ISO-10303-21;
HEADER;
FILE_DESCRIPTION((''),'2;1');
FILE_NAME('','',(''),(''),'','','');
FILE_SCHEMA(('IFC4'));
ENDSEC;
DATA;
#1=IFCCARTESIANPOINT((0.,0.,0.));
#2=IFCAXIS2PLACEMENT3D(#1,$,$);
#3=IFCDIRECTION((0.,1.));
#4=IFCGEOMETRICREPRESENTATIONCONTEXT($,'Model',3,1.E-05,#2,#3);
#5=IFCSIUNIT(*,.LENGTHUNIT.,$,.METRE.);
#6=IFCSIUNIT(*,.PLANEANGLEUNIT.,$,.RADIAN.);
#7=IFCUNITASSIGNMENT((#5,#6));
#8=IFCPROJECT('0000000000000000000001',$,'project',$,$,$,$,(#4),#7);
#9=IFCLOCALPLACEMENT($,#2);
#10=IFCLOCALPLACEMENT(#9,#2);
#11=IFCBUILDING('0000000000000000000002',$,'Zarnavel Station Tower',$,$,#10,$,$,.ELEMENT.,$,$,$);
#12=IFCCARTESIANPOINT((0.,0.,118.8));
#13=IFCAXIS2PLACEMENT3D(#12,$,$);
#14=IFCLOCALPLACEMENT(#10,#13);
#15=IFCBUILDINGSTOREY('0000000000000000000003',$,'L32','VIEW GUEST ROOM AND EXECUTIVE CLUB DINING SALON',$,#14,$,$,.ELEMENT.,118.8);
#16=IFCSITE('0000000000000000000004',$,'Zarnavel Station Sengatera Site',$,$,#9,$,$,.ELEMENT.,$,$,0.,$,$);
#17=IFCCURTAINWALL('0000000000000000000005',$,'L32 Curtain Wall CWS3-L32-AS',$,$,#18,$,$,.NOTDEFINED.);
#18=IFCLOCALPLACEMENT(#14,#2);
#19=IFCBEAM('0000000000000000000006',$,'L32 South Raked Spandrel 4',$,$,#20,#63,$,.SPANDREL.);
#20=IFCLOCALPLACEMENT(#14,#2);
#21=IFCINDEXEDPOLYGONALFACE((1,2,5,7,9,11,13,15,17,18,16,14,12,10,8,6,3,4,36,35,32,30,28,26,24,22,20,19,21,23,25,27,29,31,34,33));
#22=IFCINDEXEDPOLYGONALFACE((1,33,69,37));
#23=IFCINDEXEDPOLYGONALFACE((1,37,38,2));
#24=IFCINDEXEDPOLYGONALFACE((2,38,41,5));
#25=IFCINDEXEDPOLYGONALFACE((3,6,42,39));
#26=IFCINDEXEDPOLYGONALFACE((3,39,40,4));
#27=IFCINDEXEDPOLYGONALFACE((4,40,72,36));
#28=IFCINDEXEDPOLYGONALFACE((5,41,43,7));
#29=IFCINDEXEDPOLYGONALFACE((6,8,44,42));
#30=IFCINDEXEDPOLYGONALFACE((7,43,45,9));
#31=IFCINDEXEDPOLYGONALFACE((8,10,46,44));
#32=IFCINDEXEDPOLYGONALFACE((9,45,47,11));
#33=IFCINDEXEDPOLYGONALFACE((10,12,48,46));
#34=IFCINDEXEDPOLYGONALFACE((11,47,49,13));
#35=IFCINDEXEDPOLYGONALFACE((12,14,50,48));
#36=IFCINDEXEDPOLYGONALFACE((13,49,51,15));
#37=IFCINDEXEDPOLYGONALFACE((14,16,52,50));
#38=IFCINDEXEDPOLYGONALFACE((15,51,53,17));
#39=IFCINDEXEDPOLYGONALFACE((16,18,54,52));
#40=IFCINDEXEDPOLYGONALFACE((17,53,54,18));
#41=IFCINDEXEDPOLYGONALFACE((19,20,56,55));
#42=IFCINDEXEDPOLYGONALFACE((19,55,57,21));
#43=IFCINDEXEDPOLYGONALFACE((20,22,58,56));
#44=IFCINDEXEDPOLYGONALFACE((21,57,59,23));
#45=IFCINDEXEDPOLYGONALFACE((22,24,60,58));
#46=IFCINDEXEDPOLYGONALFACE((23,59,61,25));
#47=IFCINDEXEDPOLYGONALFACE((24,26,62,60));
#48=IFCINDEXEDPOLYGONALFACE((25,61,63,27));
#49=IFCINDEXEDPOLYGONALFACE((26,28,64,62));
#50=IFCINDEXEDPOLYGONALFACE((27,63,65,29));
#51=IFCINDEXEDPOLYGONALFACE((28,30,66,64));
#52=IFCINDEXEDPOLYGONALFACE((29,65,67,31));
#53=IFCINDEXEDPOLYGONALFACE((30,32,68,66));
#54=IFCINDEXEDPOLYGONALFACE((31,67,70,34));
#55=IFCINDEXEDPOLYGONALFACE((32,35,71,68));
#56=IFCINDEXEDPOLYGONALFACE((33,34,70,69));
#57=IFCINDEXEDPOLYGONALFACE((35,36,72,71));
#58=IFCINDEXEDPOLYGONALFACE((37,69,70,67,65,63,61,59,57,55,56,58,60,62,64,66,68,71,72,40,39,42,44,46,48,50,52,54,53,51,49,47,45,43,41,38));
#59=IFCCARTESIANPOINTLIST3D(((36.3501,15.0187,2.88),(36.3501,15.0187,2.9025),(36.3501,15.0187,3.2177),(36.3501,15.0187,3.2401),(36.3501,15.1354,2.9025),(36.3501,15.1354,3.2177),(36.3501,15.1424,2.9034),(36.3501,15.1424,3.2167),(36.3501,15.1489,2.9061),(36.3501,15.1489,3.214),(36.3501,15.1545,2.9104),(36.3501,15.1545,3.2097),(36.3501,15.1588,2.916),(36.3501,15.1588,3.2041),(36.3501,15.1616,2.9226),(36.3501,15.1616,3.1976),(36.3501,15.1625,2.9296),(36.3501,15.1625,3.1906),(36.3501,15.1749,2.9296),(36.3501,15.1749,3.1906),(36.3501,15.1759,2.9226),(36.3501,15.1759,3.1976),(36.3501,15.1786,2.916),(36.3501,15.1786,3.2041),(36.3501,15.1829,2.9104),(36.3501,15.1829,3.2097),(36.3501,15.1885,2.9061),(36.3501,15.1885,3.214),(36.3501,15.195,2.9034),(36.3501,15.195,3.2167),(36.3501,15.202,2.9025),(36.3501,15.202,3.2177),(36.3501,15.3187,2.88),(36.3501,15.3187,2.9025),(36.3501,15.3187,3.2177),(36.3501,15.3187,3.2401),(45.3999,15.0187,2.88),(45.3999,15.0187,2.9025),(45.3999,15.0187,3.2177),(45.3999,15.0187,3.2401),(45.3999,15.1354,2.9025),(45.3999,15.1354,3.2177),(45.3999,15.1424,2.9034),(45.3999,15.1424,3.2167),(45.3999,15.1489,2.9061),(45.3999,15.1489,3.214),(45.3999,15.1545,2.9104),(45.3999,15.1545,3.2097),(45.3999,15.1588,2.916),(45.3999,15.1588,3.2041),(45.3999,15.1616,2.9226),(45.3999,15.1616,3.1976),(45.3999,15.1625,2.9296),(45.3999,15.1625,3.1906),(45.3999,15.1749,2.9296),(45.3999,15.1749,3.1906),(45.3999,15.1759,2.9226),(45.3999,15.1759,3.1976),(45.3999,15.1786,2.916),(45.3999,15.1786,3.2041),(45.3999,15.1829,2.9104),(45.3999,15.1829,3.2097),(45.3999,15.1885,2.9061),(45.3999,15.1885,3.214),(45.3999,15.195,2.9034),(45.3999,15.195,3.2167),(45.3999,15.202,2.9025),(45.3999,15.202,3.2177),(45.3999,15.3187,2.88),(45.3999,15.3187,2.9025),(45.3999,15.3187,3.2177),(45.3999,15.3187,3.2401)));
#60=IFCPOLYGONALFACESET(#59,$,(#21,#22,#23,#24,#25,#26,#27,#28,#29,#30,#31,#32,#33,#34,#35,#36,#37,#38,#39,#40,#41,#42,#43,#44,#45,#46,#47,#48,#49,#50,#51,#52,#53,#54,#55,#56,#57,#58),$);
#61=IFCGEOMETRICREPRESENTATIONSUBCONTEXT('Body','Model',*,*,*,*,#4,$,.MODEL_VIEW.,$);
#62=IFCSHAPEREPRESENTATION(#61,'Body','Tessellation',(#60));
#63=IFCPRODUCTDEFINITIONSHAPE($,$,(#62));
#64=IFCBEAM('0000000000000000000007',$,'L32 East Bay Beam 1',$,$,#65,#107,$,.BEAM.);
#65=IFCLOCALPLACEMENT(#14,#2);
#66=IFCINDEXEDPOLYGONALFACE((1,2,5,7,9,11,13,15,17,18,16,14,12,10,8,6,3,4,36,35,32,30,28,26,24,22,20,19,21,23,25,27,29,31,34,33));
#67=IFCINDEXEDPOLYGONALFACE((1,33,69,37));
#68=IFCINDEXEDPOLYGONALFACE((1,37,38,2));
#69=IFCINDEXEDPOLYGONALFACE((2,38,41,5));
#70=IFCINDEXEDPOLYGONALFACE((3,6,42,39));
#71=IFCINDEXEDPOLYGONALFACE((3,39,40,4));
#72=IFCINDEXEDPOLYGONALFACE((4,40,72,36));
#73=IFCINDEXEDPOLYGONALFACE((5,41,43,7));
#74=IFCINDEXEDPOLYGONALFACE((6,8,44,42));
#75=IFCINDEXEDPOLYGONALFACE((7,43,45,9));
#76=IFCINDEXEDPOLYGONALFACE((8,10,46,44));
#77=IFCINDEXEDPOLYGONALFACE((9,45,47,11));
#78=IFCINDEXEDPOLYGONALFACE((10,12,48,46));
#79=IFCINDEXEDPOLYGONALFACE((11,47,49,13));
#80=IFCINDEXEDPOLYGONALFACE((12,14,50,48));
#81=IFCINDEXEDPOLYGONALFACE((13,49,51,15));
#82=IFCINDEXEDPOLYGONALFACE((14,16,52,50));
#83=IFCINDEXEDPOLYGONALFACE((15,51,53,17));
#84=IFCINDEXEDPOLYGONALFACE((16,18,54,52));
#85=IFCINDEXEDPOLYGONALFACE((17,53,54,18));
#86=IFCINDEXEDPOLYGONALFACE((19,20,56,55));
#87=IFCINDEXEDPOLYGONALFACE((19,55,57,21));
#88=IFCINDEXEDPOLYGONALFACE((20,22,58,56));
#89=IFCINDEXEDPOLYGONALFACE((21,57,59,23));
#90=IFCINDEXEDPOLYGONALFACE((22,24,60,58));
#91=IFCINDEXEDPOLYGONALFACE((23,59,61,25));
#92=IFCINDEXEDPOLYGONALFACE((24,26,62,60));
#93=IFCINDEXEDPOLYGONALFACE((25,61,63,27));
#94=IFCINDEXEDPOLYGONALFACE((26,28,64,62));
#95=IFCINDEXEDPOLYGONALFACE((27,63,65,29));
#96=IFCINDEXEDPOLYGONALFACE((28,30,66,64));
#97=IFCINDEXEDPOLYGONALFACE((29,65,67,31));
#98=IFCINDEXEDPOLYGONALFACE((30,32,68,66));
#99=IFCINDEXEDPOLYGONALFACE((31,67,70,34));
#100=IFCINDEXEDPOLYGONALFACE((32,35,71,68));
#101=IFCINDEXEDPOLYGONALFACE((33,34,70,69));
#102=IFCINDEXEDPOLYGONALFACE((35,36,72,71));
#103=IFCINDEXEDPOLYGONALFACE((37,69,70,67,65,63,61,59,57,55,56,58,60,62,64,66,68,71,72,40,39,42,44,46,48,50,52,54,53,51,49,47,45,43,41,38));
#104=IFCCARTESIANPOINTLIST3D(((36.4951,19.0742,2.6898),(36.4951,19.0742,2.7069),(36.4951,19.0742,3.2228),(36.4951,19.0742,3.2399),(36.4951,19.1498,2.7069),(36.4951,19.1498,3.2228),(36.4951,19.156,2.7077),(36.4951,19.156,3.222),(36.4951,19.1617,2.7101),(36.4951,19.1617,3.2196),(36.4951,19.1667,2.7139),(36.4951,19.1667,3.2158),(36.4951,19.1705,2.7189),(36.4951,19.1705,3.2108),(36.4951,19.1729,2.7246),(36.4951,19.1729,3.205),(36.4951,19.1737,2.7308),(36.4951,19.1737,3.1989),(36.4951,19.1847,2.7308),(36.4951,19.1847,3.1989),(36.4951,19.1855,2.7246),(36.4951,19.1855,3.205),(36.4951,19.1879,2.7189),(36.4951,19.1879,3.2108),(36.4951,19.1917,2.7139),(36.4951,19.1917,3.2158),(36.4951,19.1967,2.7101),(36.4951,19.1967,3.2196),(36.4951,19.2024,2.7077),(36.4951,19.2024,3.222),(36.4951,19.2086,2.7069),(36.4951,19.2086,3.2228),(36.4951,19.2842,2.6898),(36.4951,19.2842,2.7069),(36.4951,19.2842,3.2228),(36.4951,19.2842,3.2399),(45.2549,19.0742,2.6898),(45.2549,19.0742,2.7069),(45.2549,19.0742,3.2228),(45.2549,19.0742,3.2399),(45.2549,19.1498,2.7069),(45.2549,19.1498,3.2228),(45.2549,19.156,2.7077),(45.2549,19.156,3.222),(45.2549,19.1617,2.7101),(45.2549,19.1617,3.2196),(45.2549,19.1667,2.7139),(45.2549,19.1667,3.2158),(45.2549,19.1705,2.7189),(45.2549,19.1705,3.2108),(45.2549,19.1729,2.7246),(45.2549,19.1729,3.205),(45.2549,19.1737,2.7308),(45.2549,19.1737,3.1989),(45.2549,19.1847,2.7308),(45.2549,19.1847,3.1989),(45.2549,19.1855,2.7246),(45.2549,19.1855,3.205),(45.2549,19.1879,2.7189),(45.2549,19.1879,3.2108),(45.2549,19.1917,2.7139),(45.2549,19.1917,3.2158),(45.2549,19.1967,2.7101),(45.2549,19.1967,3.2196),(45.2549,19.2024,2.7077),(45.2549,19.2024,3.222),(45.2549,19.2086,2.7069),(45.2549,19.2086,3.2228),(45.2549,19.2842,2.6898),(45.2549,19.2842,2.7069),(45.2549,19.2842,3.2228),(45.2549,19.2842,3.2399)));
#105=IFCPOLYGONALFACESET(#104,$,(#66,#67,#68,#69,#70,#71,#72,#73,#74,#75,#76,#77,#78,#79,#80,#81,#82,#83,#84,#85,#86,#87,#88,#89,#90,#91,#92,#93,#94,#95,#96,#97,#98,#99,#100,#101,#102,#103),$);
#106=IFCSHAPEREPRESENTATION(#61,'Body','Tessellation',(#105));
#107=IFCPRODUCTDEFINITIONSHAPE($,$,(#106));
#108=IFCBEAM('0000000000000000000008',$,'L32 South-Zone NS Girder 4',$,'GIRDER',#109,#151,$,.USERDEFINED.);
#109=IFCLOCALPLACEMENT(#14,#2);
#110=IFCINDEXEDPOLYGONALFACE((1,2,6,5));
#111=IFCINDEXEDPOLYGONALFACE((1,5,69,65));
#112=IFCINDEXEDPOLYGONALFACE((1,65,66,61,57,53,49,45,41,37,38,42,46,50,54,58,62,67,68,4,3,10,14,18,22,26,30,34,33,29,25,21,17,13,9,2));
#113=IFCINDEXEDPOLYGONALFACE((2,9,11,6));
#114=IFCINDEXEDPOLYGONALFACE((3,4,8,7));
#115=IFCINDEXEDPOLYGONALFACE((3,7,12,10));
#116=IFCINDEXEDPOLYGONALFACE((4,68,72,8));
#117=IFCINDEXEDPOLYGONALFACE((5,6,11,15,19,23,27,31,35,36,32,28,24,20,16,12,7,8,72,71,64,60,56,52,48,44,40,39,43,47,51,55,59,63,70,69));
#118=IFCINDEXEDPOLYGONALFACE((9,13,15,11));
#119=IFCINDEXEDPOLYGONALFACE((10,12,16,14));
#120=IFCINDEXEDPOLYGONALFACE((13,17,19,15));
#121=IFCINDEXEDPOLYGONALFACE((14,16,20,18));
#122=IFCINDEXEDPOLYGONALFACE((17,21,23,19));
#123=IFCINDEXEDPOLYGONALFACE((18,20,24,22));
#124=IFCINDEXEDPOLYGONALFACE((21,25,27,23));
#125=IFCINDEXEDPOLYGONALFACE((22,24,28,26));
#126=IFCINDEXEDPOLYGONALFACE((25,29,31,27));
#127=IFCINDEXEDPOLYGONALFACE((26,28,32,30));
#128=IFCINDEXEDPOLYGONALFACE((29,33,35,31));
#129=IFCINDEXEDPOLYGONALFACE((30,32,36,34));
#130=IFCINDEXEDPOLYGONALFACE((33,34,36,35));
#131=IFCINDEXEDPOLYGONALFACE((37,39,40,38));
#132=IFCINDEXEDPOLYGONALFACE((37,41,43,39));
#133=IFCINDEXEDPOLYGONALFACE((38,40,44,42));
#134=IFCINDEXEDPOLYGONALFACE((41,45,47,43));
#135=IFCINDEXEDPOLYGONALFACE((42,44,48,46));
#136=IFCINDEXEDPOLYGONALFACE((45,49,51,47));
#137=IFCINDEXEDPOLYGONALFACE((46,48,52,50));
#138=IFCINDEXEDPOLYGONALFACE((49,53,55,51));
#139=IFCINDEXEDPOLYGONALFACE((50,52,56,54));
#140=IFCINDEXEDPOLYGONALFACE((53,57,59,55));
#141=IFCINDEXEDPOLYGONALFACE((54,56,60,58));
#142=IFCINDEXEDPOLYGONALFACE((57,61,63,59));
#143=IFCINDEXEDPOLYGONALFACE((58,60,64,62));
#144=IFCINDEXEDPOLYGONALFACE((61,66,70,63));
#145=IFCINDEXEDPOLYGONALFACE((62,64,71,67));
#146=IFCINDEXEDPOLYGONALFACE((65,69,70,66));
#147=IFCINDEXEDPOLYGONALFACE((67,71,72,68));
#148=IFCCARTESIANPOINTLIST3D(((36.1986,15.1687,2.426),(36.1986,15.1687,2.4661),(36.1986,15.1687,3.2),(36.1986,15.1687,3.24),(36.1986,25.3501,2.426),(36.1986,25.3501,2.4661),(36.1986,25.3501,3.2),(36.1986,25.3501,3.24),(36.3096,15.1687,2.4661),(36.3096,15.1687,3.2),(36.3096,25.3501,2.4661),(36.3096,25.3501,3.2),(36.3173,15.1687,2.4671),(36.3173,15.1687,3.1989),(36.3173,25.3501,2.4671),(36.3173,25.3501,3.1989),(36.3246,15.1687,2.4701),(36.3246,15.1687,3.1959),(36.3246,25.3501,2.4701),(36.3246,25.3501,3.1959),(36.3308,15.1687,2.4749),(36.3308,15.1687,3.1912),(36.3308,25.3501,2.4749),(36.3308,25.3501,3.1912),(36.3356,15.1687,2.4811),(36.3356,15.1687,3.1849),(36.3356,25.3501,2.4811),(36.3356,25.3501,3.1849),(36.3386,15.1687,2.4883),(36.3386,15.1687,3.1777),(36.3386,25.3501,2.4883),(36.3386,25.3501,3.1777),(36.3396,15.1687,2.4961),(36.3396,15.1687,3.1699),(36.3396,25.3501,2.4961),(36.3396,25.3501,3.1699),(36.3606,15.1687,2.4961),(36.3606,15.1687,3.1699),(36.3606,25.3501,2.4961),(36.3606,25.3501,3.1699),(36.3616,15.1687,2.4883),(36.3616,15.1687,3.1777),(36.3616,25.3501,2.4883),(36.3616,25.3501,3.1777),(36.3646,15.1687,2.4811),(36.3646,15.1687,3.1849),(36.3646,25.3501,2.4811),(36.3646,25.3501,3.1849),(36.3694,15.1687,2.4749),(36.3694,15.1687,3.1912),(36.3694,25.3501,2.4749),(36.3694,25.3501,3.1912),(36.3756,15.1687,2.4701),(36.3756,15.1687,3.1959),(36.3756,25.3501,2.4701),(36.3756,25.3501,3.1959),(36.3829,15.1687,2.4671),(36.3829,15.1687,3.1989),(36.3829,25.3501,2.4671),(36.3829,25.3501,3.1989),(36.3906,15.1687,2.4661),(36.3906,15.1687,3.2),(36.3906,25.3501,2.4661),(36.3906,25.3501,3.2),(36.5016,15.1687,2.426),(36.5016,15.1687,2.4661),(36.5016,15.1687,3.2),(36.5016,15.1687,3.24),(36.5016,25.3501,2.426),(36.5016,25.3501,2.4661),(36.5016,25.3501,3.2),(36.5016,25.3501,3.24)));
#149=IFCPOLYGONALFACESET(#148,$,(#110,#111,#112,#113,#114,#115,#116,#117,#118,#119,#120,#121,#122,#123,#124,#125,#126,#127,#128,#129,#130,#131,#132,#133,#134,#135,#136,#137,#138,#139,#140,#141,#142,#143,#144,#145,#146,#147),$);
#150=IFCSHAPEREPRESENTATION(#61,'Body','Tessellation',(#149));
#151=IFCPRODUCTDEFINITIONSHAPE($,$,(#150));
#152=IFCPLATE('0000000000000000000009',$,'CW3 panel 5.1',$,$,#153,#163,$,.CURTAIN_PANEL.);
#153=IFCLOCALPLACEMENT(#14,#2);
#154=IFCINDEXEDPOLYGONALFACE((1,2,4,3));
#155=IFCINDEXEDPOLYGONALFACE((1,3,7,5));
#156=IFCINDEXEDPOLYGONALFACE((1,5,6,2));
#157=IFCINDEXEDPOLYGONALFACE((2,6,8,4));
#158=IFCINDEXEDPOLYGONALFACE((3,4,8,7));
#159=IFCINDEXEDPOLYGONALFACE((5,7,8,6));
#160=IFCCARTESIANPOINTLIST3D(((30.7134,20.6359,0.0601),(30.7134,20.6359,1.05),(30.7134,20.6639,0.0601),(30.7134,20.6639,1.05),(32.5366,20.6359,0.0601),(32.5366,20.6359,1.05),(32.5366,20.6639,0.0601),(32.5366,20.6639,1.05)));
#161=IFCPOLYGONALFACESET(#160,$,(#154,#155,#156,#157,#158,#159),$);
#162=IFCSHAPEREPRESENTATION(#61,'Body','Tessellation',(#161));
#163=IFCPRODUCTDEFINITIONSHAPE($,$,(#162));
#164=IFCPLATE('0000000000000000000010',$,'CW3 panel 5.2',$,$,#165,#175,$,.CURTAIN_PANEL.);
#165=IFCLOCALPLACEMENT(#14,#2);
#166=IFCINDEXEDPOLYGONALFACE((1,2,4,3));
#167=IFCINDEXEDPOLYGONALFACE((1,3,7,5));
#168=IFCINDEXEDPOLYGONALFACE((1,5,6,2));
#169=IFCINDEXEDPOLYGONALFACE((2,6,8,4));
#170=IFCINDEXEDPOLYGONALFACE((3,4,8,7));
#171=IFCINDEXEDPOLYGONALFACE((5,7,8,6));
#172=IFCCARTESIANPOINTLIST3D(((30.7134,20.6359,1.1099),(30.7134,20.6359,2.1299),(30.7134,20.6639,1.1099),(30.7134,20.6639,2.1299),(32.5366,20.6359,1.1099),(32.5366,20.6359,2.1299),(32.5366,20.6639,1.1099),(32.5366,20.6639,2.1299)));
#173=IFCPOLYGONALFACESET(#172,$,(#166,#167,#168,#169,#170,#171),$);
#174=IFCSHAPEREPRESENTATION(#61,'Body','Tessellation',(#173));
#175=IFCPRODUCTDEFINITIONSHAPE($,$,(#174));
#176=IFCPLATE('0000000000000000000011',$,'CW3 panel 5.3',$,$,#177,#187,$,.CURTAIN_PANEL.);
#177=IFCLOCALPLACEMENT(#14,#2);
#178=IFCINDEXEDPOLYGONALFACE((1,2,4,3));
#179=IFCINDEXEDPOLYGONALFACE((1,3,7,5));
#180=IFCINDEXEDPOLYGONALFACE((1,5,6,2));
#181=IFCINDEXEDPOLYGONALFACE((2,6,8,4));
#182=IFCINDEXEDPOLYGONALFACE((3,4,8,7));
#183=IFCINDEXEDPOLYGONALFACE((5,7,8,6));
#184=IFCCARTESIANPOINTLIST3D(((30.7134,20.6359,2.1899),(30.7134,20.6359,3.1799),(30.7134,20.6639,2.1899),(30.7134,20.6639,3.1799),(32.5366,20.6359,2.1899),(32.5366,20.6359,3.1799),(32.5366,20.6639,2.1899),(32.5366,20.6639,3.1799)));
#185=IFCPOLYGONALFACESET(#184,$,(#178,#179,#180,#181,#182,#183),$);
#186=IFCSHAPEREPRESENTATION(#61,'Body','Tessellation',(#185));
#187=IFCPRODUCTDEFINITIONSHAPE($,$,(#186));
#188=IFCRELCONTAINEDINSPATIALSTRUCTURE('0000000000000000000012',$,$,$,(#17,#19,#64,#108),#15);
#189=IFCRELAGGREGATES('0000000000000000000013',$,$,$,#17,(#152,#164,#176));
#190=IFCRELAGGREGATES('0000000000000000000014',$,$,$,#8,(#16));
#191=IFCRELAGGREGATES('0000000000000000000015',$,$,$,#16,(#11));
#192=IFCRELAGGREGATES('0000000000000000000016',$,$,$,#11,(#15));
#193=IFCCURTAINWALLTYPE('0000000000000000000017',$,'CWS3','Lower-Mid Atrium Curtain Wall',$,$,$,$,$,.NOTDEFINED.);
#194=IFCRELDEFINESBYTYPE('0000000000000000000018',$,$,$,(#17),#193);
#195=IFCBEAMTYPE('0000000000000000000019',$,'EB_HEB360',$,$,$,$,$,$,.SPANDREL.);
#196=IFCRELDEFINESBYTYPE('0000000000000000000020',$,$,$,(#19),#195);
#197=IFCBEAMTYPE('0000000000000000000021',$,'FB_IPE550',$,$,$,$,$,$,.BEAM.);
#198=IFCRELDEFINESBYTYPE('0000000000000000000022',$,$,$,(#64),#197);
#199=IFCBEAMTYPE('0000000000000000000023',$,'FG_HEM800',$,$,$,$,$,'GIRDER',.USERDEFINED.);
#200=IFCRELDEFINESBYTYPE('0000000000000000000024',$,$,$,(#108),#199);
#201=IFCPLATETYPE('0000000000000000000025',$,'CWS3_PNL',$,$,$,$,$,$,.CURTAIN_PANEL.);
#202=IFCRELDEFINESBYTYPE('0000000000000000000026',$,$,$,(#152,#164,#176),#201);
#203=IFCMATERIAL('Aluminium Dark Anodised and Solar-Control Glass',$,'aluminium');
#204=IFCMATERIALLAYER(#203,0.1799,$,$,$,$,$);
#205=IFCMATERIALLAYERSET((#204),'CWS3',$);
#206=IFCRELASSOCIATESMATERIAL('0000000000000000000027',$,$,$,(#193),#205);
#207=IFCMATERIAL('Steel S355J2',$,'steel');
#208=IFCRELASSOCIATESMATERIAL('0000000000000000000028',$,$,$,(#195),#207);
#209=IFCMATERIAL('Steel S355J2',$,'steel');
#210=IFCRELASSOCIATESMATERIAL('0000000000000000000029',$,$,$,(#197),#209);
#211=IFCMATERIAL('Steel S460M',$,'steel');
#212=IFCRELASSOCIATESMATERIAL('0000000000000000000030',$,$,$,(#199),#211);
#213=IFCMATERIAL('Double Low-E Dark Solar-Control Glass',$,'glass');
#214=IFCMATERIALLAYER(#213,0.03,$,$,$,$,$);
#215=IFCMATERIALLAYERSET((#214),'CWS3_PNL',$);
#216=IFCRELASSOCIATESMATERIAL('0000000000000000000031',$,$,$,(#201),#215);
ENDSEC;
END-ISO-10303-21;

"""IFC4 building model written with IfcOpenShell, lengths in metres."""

from ifc_helpers import new_model, si_unit, direction, frame, origin, origin_2d, place, context, subcontext, project, spatial, rectangle, i_section, extrude, material, layer, layer_set, material_profile, profile_set, type_object, element, aggregate, save


model = new_model("IFC4")

# Units and contexts
model_context = context("Model", 3, precision=1e-05, world=origin(), true_north=direction((0.0, 1.0)))
body_context = subcontext(model_context, "Body", "Model", "MODEL_VIEW")
ifc_project = project(units=[si_unit("LENGTHUNIT", "METRE"), si_unit("PLANEANGLEUNIT", "RADIAN")], contexts=[model_context])

# Site, building, storey
site_placement = place(None, origin())
site = spatial("IfcSite", under=ifc_project, at=site_placement, Name="Zarnavel Station Sengatera Site", CompositionType="ELEMENT", RefElevation=0.0)
building_placement = place(site_placement, origin())
building = spatial("IfcBuilding", under=site, at=building_placement, Name="Zarnavel Station Tower", CompositionType="ELEMENT")
storey_placement = place(building_placement, frame((0.0, 0.0, 118.8)))
storey = spatial("IfcBuildingStorey", under=building, at=storey_placement, Name="L32", Description="VIEW GUEST ROOM AND EXECUTIVE CLUB DINING SALON", CompositionType="ELEMENT", Elevation=118.8)

# Curtain wall
ifc_material_1 = material(Name="Aluminium Dark Anodised and Solar-Control Glass", Category="aluminium")
ifc_layer_1 = layer(ifc_material_1, 0.1799)
ifc_layer_set_1 = layer_set([ifc_layer_1], Name="CWS3")
curtain_wall_type = type_object("IfcCurtainWallType", Name="CWS3", Description="Lower-Mid Atrium Curtain Wall", PredefinedType="NOTDEFINED", material=ifc_layer_set_1)
curtain_wall_placement = place(storey_placement, origin())
curtain_wall = element("IfcCurtainWall", 1, at=curtain_wall_placement, inside=storey, type_object=curtain_wall_type, Name="L32 Curtain Wall CWS3-L32-AS", PredefinedType="NOTDEFINED")

# Beams
ifc_material_2 = material(Name="Steel S355J2", Category="steel")
ifc_material_profile_1 = material_profile(ifc_material_2, i_section(OverallWidth=0.3, OverallDepth=0.3601, WebThickness=0.0125, FlangeThickness=0.0225, FilletRadius=0.0271, at=origin_2d()), Name="HEB360")
ifc_profile_set_1 = profile_set([ifc_material_profile_1], Name="Steel S355J2")
beam_type_1 = type_object("IfcBeamType", Name="EB_HEB360", PredefinedType="SPANDREL", material=ifc_profile_set_1)
beam_1_placement = place(storey_placement, frame((36.3501, 15.1687, 3.0601), z_axis=(1.0, 0.0, 0.0), x_axis=(0.0, 1.0, 0.0)))
element("IfcBeam", 2, at=beam_1_placement, inside=storey, type_object=beam_type_1, Name="L32 South Raked Spandrel 4", PredefinedType="SPANDREL", context=body_context, shape_type="SweptSolid", body=[
    extrude(i_section(OverallWidth=0.3, OverallDepth=0.3601, WebThickness=0.0125, FlangeThickness=0.0225, FilletRadius=0.0271, at=origin_2d()), origin(), (0.0, 0.0, 1.0), 9.0498),
])
ifc_material_3 = material(Name="Steel S355J2", Category="steel")
ifc_material_profile_2 = material_profile(ifc_material_3, i_section(OverallWidth=0.21, OverallDepth=0.55, WebThickness=0.011, FlangeThickness=0.0171, FilletRadius=0.0239, at=origin_2d()), Name="IPE550")
ifc_profile_set_2 = profile_set([ifc_material_profile_2], Name="Steel S355J2")
beam_type_2 = type_object("IfcBeamType", Name="FB_IPE550", PredefinedType="BEAM", material=ifc_profile_set_2)
beam_2_placement = place(storey_placement, frame((36.4951, 19.1792, 2.9648), z_axis=(1.0, 0.0, 0.0), x_axis=(0.0, 1.0, 0.0)))
element("IfcBeam", 3, at=beam_2_placement, inside=storey, type_object=beam_type_2, Name="L32 East Bay Beam 1", PredefinedType="BEAM", context=body_context, shape_type="SweptSolid", body=[
    extrude(i_section(OverallWidth=0.21, OverallDepth=0.55, WebThickness=0.011, FlangeThickness=0.0171, FilletRadius=0.0239, at=origin_2d()), origin(), (0.0, 0.0, 1.0), 8.7598),
])
ifc_material_4 = material(Name="Steel S460M", Category="steel")
ifc_material_profile_3 = material_profile(ifc_material_4, i_section(OverallWidth=0.303, OverallDepth=0.814, WebThickness=0.021, FlangeThickness=0.04, FilletRadius=0.03, at=origin_2d()), Name="HEM800")
ifc_profile_set_3 = profile_set([ifc_material_profile_3], Name="Steel S460M")
beam_type_3 = type_object("IfcBeamType", Name="FG_HEM800", ElementType="GIRDER", PredefinedType="USERDEFINED", material=ifc_profile_set_3)
beam_3_placement = place(storey_placement, frame((36.3501, 15.1687, 2.833), z_axis=(0.0, 1.0, 0.0), x_axis=(-1.0, 0.0, 0.0)))
element("IfcBeam", 4, at=beam_3_placement, inside=storey, type_object=beam_type_3, Name="L32 South-Zone NS Girder 4", ObjectType="GIRDER", PredefinedType="USERDEFINED", context=body_context, shape_type="SweptSolid", body=[
    extrude(i_section(OverallWidth=0.303, OverallDepth=0.814, WebThickness=0.021, FlangeThickness=0.04, FilletRadius=0.03, at=origin_2d()), origin(), (0.0, 0.0, 1.0), 10.1814),
])

# Plates
ifc_material_5 = material(Name="Double Low-E Dark Solar-Control Glass", Category="glass")
ifc_layer_2 = layer(ifc_material_5, 0.03)
ifc_layer_set_2 = layer_set([ifc_layer_2], Name="CWS3_PNL")
plate_type_1 = type_object("IfcPlateType", Name="CWS3_PNL", PredefinedType="CURTAIN_PANEL", material=ifc_layer_set_2)
plate_1_placement = place(storey_placement, frame((31.625, 20.6499, 0.0601), z_axis=(0.0, 0.0, 1.0), x_axis=(1.0, 0.0, 0.0)))
plate_1 = element("IfcPlate", 5, at=plate_1_placement, type_object=plate_type_1, Name="CW3 panel 5.1", PredefinedType="CURTAIN_PANEL", context=body_context, shape_type="SweptSolid", body=[
    extrude(rectangle(XDim=1.8232, YDim=0.0281, at=origin_2d()), origin(), (0.0, 0.0, 1.0), 0.99),
])
plate_2_placement = place(storey_placement, frame((31.625, 20.6499, 1.1099), z_axis=(0.0, 0.0, 1.0), x_axis=(1.0, 0.0, 0.0)))
plate_2 = element("IfcPlate", 6, at=plate_2_placement, type_object=plate_type_1, Name="CW3 panel 5.2", PredefinedType="CURTAIN_PANEL", context=body_context, shape_type="SweptSolid", body=[
    extrude(rectangle(XDim=1.8232, YDim=0.0281, at=origin_2d()), origin(), (0.0, 0.0, 1.0), 1.02),
])
plate_3_placement = place(storey_placement, frame((31.625, 20.6499, 2.1899), z_axis=(0.0, 0.0, 1.0), x_axis=(1.0, 0.0, 0.0)))
plate_3 = element("IfcPlate", 7, at=plate_3_placement, type_object=plate_type_1, Name="CW3 panel 5.3", PredefinedType="CURTAIN_PANEL", context=body_context, shape_type="SweptSolid", body=[
    extrude(rectangle(XDim=1.8232, YDim=0.0281, at=origin_2d()), origin(), (0.0, 0.0, 1.0), 0.99),
])
aggregate(curtain_wall, [plate_1, plate_2, plate_3])

save(model, "model.ifc")
